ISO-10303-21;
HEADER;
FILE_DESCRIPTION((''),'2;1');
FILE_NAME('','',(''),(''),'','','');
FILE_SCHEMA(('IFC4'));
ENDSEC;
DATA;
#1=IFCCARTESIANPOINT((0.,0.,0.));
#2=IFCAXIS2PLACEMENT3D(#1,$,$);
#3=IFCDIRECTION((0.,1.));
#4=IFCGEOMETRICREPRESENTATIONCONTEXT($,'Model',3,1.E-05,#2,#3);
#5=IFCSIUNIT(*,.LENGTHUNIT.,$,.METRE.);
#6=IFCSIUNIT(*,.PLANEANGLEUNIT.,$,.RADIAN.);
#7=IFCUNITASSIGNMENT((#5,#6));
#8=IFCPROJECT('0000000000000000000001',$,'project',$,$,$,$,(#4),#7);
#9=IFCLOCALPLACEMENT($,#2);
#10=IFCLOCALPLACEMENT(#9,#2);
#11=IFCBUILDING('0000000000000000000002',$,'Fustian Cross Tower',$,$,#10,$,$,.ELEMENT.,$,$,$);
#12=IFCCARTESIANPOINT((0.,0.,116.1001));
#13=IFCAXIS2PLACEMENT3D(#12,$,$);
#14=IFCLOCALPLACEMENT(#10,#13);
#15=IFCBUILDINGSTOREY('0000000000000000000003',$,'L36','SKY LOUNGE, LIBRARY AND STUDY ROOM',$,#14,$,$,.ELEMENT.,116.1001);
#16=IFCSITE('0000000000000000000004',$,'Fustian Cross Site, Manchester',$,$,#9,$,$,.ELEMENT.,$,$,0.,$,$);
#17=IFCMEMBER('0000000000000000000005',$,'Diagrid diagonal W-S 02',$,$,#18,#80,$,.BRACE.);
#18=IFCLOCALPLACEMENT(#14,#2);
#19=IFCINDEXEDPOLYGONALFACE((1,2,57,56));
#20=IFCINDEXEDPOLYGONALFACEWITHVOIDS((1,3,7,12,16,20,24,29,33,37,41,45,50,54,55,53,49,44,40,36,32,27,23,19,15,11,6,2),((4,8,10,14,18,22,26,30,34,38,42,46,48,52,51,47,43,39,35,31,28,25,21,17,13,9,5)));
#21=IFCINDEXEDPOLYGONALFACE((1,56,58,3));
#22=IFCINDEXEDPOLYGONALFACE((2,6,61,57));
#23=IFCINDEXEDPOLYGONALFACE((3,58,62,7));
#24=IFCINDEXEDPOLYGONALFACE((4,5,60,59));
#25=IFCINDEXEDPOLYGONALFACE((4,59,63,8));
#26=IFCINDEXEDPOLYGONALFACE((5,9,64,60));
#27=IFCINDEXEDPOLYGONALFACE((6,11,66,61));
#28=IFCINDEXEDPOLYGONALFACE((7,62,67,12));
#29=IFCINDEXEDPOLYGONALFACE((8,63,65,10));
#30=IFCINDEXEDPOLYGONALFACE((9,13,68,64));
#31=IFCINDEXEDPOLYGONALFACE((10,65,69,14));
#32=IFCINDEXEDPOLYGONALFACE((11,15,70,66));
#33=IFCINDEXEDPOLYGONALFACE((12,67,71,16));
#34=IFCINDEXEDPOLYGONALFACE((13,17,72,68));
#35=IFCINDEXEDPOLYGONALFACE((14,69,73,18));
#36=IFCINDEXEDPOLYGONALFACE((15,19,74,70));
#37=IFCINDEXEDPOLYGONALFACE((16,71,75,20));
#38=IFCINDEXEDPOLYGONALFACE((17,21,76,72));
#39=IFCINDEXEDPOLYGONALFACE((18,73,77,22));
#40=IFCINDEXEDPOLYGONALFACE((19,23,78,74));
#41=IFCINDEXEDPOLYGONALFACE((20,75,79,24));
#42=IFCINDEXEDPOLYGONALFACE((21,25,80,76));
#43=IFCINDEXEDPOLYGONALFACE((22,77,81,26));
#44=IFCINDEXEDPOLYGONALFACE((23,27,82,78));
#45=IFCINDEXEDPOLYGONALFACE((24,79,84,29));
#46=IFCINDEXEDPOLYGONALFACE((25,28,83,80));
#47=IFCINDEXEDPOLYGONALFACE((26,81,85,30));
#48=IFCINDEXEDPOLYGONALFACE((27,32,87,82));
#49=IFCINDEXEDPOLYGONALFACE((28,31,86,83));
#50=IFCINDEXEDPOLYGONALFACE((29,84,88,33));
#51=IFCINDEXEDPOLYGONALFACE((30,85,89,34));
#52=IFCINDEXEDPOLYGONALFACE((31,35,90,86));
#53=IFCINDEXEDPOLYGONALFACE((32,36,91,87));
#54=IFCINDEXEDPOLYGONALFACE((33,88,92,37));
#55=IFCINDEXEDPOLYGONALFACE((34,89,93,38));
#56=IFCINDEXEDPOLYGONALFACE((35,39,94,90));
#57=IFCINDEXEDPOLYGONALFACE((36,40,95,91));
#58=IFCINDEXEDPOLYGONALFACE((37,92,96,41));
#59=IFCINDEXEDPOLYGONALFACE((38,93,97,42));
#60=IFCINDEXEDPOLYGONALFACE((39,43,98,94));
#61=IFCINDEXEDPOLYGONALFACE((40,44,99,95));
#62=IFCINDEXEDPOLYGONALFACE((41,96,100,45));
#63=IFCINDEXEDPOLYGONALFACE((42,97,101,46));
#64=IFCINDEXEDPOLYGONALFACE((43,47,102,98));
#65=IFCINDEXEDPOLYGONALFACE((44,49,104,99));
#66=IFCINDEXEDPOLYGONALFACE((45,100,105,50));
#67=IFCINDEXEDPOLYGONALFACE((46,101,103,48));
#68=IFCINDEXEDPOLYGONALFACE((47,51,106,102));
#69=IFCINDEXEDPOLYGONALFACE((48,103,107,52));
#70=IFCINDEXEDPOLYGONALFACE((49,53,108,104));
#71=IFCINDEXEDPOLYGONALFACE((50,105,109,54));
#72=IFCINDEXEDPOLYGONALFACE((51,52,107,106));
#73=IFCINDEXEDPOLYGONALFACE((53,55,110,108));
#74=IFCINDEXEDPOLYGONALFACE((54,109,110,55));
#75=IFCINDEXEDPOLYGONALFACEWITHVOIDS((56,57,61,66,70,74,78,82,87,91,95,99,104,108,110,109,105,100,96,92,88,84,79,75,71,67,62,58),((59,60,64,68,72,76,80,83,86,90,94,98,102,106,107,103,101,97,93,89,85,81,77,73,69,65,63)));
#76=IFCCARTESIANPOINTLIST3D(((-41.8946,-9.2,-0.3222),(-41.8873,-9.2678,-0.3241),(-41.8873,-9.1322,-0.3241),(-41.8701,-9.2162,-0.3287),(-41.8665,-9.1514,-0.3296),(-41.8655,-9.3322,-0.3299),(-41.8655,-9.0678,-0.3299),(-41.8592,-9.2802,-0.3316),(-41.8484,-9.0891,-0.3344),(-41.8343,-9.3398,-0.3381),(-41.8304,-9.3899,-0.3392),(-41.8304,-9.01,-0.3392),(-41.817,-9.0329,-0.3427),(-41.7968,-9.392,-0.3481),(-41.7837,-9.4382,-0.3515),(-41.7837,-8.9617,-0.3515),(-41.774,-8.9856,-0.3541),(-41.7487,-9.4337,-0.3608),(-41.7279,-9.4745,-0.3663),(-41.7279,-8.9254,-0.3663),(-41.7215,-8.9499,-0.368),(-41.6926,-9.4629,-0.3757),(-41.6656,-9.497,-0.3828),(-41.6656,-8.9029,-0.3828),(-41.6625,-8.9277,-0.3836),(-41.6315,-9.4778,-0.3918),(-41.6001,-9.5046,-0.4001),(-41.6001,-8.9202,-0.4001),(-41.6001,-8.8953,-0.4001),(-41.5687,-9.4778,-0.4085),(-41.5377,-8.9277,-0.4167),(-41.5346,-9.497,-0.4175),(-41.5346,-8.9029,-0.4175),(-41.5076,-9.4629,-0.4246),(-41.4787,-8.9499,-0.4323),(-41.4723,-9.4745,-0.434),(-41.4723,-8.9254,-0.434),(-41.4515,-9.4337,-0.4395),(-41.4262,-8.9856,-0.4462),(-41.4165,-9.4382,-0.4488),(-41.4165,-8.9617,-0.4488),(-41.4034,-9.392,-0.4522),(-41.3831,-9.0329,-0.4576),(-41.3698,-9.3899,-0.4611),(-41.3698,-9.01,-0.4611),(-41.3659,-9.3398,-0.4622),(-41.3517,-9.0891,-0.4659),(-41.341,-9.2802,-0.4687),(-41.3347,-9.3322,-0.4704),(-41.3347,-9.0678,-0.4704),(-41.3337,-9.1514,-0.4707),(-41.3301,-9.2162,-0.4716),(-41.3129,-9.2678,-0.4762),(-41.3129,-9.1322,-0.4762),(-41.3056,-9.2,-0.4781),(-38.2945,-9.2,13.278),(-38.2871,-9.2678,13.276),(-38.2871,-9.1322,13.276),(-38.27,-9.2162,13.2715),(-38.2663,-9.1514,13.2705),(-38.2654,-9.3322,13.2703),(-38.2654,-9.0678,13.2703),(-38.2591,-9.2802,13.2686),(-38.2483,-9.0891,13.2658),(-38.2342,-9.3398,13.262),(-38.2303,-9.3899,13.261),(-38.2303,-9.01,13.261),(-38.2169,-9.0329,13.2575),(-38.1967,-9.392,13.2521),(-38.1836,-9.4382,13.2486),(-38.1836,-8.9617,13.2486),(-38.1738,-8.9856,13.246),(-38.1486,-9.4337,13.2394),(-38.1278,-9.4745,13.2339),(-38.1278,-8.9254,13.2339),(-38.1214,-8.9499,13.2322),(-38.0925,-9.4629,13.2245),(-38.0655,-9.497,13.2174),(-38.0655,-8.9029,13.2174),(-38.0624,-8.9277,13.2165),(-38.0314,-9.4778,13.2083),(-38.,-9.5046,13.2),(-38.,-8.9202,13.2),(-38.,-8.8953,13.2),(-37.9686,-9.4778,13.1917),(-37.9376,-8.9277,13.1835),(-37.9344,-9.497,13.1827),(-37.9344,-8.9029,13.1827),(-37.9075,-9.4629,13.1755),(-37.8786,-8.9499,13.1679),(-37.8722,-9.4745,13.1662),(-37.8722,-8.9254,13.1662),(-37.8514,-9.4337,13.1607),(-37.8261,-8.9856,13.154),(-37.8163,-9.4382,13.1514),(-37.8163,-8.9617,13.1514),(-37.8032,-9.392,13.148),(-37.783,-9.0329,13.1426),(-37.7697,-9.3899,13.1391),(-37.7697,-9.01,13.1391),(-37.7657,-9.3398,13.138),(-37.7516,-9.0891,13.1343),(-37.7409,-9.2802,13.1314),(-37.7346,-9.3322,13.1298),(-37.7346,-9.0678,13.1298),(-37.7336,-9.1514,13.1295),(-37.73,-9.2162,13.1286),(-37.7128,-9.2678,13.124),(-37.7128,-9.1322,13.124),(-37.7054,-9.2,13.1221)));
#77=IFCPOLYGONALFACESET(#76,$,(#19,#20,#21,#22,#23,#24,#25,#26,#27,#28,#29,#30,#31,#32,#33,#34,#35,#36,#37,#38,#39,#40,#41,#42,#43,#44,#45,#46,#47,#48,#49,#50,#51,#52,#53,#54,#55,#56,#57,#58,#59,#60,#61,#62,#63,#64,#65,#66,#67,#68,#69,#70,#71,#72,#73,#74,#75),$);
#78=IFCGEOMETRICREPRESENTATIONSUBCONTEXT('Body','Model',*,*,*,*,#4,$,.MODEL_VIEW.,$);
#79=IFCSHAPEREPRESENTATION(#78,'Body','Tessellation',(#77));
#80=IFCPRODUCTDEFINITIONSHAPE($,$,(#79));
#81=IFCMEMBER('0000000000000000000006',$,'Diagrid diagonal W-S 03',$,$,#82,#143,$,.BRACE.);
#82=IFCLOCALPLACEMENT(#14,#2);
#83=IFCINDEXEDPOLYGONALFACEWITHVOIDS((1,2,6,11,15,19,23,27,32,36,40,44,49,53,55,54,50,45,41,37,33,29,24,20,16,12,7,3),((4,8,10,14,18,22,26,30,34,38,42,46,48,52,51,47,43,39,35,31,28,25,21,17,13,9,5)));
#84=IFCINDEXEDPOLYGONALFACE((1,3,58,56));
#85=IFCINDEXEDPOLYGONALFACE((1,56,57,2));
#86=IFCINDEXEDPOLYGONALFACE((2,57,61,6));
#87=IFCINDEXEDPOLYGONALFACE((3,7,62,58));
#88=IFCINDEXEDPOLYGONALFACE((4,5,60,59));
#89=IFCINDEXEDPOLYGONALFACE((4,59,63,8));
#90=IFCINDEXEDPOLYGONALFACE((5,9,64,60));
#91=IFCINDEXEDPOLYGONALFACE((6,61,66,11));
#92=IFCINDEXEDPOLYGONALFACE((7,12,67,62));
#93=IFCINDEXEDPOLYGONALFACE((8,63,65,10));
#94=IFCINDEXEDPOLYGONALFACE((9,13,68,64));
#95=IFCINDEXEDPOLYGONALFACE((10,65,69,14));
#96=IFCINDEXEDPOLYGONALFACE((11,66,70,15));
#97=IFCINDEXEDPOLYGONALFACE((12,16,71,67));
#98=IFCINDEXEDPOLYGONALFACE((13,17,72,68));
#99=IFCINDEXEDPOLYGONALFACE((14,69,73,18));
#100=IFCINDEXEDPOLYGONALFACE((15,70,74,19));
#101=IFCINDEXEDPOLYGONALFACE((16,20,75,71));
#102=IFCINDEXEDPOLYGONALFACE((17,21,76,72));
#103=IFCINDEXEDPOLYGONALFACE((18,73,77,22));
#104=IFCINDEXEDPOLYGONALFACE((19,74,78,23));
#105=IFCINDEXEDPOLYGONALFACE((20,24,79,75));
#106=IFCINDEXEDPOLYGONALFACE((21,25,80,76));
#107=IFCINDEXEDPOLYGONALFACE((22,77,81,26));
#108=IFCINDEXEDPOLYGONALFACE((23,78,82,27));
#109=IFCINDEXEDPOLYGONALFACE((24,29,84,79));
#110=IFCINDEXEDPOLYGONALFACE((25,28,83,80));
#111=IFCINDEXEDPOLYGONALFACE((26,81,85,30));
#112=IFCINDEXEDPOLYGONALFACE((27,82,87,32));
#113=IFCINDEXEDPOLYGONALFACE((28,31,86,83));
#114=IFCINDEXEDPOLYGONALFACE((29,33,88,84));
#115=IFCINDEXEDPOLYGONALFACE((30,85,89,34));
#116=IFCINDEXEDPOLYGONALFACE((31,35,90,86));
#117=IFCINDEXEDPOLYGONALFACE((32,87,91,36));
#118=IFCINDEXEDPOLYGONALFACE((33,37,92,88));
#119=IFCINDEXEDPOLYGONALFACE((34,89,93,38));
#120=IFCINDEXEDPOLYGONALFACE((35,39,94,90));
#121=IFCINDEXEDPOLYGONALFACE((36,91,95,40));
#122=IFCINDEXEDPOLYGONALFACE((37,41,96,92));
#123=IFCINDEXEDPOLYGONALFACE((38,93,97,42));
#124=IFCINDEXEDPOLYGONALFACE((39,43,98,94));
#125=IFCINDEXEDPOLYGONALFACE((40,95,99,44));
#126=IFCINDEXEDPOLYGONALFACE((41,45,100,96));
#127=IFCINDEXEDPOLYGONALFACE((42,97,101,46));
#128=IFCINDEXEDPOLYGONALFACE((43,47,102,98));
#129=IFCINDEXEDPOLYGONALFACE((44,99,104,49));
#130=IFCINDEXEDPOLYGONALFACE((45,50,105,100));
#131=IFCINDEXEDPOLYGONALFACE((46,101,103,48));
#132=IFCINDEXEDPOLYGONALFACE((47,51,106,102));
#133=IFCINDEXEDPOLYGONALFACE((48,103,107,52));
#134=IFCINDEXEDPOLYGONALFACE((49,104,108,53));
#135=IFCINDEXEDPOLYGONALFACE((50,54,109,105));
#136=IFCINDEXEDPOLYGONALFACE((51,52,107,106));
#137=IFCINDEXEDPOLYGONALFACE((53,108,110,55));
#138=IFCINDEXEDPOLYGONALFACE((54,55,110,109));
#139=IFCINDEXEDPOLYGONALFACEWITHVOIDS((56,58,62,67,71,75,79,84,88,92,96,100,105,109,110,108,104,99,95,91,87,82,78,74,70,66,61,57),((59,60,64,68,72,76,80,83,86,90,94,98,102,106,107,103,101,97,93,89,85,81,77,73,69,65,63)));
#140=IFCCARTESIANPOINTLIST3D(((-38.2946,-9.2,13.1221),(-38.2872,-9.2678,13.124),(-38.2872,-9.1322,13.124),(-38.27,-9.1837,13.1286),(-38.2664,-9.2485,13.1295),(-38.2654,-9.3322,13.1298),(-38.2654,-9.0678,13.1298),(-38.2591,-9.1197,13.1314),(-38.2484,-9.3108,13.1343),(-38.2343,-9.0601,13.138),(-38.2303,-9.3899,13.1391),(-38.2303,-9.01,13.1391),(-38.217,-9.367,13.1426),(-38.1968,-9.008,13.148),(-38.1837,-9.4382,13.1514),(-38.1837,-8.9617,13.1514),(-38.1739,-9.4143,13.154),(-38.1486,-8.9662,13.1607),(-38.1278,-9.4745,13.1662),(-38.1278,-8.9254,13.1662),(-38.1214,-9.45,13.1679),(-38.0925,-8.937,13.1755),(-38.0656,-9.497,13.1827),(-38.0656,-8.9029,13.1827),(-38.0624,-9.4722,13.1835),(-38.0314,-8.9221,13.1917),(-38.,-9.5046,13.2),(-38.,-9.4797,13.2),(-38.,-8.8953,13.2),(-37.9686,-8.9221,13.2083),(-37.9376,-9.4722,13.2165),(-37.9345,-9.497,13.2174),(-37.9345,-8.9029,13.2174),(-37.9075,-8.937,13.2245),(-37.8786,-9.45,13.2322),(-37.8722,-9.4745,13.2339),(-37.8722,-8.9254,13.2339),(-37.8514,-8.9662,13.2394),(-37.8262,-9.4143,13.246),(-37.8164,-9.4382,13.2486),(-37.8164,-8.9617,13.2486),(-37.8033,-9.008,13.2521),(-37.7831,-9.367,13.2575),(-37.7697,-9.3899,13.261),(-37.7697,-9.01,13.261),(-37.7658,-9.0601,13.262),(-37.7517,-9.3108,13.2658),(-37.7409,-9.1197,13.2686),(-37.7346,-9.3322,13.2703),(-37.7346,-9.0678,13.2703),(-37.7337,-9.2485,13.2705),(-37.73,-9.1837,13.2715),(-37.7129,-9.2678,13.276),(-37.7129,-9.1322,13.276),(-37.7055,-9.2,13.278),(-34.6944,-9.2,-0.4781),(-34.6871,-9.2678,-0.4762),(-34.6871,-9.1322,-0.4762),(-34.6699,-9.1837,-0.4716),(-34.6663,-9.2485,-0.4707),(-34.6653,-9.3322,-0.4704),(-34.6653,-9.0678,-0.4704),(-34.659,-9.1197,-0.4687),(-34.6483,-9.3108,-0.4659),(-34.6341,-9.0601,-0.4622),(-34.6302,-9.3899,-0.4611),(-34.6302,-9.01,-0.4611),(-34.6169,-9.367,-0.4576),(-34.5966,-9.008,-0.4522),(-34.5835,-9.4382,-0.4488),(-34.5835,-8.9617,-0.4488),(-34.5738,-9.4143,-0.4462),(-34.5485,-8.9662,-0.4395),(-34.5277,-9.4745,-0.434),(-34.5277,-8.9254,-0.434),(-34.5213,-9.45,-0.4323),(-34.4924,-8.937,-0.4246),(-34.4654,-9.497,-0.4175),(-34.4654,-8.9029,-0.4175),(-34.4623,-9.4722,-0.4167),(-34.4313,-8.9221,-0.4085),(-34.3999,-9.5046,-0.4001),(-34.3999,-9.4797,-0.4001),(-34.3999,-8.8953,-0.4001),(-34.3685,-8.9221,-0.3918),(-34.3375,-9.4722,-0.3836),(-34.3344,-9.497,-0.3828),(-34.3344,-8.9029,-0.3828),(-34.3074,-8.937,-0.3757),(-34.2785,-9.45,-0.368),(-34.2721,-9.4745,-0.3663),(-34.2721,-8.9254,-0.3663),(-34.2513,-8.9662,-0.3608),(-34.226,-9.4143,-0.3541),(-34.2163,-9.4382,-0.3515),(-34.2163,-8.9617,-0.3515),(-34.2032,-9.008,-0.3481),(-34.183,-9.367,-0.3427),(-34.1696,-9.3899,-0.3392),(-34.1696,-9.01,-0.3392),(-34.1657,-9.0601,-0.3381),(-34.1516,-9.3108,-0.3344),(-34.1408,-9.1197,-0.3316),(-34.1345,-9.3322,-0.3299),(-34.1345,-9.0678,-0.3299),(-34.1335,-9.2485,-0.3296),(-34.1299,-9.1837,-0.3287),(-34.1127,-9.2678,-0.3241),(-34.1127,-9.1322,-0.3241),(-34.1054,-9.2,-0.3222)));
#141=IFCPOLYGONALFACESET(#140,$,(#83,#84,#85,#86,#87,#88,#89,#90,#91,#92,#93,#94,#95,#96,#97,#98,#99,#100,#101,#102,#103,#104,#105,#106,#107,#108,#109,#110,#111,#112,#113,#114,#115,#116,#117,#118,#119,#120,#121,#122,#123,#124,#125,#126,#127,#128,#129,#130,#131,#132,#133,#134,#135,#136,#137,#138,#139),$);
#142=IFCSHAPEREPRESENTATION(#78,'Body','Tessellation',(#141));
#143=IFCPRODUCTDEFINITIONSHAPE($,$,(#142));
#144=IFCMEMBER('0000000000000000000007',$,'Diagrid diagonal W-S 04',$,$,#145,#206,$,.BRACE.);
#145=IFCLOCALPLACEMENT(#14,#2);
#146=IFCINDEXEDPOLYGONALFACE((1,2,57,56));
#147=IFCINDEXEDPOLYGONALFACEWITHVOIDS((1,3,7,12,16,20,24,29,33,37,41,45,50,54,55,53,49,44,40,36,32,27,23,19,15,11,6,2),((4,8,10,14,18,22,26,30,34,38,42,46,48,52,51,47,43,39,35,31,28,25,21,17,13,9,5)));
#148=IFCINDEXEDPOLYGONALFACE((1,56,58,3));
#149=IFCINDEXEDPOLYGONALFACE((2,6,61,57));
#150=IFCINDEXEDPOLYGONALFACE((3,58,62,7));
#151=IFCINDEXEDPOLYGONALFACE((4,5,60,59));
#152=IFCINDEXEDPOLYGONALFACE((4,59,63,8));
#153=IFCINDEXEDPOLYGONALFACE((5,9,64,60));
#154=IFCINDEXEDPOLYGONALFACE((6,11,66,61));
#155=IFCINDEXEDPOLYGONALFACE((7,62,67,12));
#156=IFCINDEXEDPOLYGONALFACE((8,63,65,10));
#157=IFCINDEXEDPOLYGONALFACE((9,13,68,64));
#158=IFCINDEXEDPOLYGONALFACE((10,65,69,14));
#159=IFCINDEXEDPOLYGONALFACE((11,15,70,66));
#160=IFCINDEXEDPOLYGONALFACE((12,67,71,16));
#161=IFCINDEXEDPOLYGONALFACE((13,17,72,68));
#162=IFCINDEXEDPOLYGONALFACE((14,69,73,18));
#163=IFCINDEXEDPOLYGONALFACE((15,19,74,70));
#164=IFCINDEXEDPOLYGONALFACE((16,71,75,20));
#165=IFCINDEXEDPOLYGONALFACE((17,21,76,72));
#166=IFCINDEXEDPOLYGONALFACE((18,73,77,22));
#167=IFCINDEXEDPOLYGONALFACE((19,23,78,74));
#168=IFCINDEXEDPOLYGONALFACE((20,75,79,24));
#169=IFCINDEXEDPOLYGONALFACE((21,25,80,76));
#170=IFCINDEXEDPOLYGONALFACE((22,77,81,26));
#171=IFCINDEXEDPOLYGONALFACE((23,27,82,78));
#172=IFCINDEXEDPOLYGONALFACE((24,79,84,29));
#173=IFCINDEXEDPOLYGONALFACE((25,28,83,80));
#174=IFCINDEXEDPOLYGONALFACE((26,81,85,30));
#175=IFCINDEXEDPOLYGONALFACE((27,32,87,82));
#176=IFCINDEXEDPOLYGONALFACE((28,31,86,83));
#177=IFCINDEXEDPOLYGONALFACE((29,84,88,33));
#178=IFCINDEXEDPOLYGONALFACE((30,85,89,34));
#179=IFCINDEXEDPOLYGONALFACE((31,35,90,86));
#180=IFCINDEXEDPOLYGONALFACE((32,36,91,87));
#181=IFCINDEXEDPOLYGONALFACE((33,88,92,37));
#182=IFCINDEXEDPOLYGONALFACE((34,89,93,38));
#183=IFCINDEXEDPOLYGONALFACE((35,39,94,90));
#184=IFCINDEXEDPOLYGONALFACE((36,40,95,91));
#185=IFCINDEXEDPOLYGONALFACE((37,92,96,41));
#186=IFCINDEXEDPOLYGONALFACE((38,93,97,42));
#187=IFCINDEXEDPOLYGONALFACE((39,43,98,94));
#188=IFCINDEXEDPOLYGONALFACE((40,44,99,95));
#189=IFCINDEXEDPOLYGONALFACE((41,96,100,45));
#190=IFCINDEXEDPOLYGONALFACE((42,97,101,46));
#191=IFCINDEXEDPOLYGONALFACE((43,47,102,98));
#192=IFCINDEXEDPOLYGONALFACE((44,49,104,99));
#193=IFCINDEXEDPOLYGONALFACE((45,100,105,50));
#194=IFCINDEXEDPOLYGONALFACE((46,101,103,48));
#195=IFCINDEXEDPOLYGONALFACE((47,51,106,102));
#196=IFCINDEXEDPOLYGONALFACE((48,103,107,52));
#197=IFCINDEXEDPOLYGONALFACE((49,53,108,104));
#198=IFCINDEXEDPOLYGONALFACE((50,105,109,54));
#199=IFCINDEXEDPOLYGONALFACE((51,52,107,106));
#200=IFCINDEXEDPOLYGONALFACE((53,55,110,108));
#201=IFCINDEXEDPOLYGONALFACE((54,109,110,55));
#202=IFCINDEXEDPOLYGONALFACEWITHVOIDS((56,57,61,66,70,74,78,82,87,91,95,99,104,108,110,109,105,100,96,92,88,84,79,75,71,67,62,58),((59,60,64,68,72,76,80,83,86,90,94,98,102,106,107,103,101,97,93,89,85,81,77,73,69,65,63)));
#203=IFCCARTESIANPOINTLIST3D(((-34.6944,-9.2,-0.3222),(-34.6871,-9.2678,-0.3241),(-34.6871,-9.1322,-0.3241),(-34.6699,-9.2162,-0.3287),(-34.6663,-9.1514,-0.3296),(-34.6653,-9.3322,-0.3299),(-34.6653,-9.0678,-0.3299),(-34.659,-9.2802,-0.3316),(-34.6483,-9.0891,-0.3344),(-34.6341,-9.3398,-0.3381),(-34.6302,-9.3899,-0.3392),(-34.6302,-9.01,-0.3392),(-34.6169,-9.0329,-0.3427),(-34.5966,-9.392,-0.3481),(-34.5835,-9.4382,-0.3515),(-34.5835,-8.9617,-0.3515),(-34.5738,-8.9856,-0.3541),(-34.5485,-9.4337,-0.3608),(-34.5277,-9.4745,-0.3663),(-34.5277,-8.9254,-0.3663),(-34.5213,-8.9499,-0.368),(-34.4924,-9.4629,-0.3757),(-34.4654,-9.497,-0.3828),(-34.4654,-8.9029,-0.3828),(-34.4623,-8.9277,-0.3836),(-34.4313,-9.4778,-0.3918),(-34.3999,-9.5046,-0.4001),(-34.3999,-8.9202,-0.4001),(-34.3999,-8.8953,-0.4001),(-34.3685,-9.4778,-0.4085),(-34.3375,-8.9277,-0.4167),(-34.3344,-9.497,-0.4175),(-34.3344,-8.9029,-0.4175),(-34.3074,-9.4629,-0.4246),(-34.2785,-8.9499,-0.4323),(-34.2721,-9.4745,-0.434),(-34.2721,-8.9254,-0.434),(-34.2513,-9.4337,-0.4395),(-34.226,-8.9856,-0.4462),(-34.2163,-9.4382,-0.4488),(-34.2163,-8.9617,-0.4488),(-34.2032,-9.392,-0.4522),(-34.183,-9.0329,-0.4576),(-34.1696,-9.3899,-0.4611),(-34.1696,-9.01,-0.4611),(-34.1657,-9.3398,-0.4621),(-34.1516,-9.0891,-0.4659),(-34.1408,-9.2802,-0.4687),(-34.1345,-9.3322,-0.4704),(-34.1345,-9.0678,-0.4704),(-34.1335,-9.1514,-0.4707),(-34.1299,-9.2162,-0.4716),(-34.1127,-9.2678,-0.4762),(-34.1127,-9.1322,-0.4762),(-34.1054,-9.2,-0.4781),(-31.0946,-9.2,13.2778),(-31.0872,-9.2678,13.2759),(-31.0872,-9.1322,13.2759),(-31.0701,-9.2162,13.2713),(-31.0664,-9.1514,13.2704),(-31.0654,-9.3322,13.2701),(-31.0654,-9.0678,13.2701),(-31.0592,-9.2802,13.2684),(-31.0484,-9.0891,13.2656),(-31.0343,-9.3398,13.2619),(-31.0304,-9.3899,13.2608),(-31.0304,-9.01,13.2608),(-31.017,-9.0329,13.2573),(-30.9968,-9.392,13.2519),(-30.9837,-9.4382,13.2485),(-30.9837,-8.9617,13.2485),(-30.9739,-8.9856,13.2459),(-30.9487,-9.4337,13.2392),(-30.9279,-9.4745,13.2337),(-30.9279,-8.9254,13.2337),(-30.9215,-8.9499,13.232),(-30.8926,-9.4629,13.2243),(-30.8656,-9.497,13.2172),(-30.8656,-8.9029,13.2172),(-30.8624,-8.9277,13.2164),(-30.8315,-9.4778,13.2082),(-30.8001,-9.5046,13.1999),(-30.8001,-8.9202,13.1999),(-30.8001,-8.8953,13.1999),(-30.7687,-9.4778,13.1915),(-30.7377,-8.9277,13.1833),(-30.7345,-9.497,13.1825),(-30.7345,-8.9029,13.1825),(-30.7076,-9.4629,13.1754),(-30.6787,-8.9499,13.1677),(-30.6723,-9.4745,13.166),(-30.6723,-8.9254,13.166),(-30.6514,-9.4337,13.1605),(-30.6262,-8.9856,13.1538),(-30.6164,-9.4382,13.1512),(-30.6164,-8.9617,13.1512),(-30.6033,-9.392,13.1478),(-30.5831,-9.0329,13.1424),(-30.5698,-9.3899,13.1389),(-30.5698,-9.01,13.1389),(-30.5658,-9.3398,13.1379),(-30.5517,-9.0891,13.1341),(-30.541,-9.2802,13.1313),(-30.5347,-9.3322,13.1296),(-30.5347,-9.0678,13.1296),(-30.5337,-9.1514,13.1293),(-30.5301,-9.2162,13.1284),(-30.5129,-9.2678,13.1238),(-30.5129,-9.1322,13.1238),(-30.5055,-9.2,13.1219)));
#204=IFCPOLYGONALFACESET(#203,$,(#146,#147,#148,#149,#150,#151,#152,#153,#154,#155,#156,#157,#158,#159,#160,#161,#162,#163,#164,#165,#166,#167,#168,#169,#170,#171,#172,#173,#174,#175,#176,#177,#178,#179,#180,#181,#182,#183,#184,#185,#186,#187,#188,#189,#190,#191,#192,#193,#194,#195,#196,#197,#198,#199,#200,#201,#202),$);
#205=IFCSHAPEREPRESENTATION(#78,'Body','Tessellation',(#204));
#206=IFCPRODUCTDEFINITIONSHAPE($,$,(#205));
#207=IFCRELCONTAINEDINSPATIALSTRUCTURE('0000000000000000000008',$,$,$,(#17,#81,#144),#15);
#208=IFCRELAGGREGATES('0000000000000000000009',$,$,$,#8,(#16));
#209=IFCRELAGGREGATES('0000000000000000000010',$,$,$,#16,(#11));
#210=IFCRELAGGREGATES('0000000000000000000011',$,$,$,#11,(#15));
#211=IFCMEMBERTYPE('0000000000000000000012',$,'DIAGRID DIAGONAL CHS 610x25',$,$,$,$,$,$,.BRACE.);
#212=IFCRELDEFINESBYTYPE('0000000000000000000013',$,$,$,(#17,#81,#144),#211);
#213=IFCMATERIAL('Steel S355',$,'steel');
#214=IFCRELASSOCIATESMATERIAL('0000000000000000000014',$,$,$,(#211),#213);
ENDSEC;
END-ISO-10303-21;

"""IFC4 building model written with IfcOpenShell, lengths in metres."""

from ifc_helpers import new_model, si_unit, direction, frame, origin, origin_2d, place, context, subcontext, project, spatial, hollow_circle, extrude, material, material_profile, profile_set, type_object, element, save


model = new_model("IFC4")

# Units and contexts
model_context = context("Model", 3, precision=1e-05, world=origin(), true_north=direction((0.0, 1.0)))
body_context = subcontext(model_context, "Body", "Model", "MODEL_VIEW")
ifc_project = project(units=[si_unit("LENGTHUNIT", "METRE"), si_unit("PLANEANGLEUNIT", "RADIAN")], contexts=[model_context])

# Site, building, storey
site_placement = place(None, origin())
site = spatial("IfcSite", under=ifc_project, at=site_placement, Name="Fustian Cross Site, Manchester", CompositionType="ELEMENT", RefElevation=0.0)
building_placement = place(site_placement, origin())
building = spatial("IfcBuilding", under=site, at=building_placement, Name="Fustian Cross Tower", CompositionType="ELEMENT")
storey_placement = place(building_placement, frame((0.0, 0.0, 116.1001)))
storey = spatial("IfcBuildingStorey", under=building, at=storey_placement, Name="L36", Description="SKY LOUNGE, LIBRARY AND STUDY ROOM", CompositionType="ELEMENT", Elevation=116.1001)

# Members
ifc_material_1 = material(Name="Steel S355", Category="steel")
ifc_material_profile_1 = material_profile(ifc_material_1, hollow_circle(Radius=0.3047, WallThickness=0.0249, at=origin_2d()), Name="CHS 610x25")
ifc_profile_set_1 = profile_set([ifc_material_profile_1], Name="Steel S355")
member_type_1 = type_object("IfcMemberType", Name="DIAGRID DIAGONAL CHS 610x25", PredefinedType="BRACE", material=ifc_profile_set_1)
for number, where, z_axis, x_axis, name in (
    (1, (-41.6001, -9.2, -0.4001), (0.255897, 0.0, 0.966704), (0.0, 1.0, 0.0), "Diagrid diagonal W-S 02"),
    (2, (-34.3999, -9.2, -0.4001), (-0.255897, 0.0, 0.966704), (0.0, -1.0, 0.0), "Diagrid diagonal W-S 03"),
):
    element("IfcMember", number, at=place(storey_placement, frame(where, z_axis=z_axis, x_axis=x_axis)), inside=storey, type_object=member_type_1, Name=name, PredefinedType="BRACE", context=body_context, shape_type="SweptSolid", body=[
        extrude(hollow_circle(Radius=0.3047, WallThickness=0.0249, at=origin_2d()), origin(), (0.0, 0.0, 1.0), 14.0686),
    ])
member_1_placement = place(storey_placement, frame((-34.3999, -9.2, -0.4001), z_axis=(0.255881, 0.0, 0.966708), x_axis=(0.0, 1.0, 0.0)))
element("IfcMember", 3, at=member_1_placement, inside=storey, type_object=member_type_1, Name="Diagrid diagonal W-S 04", PredefinedType="BRACE", context=body_context, shape_type="SweptSolid", body=[
    extrude(hollow_circle(Radius=0.3047, WallThickness=0.0249, at=origin_2d()), origin(), (0.0, 0.0, 1.0), 14.0684),
])

save(model, "model.ifc")
